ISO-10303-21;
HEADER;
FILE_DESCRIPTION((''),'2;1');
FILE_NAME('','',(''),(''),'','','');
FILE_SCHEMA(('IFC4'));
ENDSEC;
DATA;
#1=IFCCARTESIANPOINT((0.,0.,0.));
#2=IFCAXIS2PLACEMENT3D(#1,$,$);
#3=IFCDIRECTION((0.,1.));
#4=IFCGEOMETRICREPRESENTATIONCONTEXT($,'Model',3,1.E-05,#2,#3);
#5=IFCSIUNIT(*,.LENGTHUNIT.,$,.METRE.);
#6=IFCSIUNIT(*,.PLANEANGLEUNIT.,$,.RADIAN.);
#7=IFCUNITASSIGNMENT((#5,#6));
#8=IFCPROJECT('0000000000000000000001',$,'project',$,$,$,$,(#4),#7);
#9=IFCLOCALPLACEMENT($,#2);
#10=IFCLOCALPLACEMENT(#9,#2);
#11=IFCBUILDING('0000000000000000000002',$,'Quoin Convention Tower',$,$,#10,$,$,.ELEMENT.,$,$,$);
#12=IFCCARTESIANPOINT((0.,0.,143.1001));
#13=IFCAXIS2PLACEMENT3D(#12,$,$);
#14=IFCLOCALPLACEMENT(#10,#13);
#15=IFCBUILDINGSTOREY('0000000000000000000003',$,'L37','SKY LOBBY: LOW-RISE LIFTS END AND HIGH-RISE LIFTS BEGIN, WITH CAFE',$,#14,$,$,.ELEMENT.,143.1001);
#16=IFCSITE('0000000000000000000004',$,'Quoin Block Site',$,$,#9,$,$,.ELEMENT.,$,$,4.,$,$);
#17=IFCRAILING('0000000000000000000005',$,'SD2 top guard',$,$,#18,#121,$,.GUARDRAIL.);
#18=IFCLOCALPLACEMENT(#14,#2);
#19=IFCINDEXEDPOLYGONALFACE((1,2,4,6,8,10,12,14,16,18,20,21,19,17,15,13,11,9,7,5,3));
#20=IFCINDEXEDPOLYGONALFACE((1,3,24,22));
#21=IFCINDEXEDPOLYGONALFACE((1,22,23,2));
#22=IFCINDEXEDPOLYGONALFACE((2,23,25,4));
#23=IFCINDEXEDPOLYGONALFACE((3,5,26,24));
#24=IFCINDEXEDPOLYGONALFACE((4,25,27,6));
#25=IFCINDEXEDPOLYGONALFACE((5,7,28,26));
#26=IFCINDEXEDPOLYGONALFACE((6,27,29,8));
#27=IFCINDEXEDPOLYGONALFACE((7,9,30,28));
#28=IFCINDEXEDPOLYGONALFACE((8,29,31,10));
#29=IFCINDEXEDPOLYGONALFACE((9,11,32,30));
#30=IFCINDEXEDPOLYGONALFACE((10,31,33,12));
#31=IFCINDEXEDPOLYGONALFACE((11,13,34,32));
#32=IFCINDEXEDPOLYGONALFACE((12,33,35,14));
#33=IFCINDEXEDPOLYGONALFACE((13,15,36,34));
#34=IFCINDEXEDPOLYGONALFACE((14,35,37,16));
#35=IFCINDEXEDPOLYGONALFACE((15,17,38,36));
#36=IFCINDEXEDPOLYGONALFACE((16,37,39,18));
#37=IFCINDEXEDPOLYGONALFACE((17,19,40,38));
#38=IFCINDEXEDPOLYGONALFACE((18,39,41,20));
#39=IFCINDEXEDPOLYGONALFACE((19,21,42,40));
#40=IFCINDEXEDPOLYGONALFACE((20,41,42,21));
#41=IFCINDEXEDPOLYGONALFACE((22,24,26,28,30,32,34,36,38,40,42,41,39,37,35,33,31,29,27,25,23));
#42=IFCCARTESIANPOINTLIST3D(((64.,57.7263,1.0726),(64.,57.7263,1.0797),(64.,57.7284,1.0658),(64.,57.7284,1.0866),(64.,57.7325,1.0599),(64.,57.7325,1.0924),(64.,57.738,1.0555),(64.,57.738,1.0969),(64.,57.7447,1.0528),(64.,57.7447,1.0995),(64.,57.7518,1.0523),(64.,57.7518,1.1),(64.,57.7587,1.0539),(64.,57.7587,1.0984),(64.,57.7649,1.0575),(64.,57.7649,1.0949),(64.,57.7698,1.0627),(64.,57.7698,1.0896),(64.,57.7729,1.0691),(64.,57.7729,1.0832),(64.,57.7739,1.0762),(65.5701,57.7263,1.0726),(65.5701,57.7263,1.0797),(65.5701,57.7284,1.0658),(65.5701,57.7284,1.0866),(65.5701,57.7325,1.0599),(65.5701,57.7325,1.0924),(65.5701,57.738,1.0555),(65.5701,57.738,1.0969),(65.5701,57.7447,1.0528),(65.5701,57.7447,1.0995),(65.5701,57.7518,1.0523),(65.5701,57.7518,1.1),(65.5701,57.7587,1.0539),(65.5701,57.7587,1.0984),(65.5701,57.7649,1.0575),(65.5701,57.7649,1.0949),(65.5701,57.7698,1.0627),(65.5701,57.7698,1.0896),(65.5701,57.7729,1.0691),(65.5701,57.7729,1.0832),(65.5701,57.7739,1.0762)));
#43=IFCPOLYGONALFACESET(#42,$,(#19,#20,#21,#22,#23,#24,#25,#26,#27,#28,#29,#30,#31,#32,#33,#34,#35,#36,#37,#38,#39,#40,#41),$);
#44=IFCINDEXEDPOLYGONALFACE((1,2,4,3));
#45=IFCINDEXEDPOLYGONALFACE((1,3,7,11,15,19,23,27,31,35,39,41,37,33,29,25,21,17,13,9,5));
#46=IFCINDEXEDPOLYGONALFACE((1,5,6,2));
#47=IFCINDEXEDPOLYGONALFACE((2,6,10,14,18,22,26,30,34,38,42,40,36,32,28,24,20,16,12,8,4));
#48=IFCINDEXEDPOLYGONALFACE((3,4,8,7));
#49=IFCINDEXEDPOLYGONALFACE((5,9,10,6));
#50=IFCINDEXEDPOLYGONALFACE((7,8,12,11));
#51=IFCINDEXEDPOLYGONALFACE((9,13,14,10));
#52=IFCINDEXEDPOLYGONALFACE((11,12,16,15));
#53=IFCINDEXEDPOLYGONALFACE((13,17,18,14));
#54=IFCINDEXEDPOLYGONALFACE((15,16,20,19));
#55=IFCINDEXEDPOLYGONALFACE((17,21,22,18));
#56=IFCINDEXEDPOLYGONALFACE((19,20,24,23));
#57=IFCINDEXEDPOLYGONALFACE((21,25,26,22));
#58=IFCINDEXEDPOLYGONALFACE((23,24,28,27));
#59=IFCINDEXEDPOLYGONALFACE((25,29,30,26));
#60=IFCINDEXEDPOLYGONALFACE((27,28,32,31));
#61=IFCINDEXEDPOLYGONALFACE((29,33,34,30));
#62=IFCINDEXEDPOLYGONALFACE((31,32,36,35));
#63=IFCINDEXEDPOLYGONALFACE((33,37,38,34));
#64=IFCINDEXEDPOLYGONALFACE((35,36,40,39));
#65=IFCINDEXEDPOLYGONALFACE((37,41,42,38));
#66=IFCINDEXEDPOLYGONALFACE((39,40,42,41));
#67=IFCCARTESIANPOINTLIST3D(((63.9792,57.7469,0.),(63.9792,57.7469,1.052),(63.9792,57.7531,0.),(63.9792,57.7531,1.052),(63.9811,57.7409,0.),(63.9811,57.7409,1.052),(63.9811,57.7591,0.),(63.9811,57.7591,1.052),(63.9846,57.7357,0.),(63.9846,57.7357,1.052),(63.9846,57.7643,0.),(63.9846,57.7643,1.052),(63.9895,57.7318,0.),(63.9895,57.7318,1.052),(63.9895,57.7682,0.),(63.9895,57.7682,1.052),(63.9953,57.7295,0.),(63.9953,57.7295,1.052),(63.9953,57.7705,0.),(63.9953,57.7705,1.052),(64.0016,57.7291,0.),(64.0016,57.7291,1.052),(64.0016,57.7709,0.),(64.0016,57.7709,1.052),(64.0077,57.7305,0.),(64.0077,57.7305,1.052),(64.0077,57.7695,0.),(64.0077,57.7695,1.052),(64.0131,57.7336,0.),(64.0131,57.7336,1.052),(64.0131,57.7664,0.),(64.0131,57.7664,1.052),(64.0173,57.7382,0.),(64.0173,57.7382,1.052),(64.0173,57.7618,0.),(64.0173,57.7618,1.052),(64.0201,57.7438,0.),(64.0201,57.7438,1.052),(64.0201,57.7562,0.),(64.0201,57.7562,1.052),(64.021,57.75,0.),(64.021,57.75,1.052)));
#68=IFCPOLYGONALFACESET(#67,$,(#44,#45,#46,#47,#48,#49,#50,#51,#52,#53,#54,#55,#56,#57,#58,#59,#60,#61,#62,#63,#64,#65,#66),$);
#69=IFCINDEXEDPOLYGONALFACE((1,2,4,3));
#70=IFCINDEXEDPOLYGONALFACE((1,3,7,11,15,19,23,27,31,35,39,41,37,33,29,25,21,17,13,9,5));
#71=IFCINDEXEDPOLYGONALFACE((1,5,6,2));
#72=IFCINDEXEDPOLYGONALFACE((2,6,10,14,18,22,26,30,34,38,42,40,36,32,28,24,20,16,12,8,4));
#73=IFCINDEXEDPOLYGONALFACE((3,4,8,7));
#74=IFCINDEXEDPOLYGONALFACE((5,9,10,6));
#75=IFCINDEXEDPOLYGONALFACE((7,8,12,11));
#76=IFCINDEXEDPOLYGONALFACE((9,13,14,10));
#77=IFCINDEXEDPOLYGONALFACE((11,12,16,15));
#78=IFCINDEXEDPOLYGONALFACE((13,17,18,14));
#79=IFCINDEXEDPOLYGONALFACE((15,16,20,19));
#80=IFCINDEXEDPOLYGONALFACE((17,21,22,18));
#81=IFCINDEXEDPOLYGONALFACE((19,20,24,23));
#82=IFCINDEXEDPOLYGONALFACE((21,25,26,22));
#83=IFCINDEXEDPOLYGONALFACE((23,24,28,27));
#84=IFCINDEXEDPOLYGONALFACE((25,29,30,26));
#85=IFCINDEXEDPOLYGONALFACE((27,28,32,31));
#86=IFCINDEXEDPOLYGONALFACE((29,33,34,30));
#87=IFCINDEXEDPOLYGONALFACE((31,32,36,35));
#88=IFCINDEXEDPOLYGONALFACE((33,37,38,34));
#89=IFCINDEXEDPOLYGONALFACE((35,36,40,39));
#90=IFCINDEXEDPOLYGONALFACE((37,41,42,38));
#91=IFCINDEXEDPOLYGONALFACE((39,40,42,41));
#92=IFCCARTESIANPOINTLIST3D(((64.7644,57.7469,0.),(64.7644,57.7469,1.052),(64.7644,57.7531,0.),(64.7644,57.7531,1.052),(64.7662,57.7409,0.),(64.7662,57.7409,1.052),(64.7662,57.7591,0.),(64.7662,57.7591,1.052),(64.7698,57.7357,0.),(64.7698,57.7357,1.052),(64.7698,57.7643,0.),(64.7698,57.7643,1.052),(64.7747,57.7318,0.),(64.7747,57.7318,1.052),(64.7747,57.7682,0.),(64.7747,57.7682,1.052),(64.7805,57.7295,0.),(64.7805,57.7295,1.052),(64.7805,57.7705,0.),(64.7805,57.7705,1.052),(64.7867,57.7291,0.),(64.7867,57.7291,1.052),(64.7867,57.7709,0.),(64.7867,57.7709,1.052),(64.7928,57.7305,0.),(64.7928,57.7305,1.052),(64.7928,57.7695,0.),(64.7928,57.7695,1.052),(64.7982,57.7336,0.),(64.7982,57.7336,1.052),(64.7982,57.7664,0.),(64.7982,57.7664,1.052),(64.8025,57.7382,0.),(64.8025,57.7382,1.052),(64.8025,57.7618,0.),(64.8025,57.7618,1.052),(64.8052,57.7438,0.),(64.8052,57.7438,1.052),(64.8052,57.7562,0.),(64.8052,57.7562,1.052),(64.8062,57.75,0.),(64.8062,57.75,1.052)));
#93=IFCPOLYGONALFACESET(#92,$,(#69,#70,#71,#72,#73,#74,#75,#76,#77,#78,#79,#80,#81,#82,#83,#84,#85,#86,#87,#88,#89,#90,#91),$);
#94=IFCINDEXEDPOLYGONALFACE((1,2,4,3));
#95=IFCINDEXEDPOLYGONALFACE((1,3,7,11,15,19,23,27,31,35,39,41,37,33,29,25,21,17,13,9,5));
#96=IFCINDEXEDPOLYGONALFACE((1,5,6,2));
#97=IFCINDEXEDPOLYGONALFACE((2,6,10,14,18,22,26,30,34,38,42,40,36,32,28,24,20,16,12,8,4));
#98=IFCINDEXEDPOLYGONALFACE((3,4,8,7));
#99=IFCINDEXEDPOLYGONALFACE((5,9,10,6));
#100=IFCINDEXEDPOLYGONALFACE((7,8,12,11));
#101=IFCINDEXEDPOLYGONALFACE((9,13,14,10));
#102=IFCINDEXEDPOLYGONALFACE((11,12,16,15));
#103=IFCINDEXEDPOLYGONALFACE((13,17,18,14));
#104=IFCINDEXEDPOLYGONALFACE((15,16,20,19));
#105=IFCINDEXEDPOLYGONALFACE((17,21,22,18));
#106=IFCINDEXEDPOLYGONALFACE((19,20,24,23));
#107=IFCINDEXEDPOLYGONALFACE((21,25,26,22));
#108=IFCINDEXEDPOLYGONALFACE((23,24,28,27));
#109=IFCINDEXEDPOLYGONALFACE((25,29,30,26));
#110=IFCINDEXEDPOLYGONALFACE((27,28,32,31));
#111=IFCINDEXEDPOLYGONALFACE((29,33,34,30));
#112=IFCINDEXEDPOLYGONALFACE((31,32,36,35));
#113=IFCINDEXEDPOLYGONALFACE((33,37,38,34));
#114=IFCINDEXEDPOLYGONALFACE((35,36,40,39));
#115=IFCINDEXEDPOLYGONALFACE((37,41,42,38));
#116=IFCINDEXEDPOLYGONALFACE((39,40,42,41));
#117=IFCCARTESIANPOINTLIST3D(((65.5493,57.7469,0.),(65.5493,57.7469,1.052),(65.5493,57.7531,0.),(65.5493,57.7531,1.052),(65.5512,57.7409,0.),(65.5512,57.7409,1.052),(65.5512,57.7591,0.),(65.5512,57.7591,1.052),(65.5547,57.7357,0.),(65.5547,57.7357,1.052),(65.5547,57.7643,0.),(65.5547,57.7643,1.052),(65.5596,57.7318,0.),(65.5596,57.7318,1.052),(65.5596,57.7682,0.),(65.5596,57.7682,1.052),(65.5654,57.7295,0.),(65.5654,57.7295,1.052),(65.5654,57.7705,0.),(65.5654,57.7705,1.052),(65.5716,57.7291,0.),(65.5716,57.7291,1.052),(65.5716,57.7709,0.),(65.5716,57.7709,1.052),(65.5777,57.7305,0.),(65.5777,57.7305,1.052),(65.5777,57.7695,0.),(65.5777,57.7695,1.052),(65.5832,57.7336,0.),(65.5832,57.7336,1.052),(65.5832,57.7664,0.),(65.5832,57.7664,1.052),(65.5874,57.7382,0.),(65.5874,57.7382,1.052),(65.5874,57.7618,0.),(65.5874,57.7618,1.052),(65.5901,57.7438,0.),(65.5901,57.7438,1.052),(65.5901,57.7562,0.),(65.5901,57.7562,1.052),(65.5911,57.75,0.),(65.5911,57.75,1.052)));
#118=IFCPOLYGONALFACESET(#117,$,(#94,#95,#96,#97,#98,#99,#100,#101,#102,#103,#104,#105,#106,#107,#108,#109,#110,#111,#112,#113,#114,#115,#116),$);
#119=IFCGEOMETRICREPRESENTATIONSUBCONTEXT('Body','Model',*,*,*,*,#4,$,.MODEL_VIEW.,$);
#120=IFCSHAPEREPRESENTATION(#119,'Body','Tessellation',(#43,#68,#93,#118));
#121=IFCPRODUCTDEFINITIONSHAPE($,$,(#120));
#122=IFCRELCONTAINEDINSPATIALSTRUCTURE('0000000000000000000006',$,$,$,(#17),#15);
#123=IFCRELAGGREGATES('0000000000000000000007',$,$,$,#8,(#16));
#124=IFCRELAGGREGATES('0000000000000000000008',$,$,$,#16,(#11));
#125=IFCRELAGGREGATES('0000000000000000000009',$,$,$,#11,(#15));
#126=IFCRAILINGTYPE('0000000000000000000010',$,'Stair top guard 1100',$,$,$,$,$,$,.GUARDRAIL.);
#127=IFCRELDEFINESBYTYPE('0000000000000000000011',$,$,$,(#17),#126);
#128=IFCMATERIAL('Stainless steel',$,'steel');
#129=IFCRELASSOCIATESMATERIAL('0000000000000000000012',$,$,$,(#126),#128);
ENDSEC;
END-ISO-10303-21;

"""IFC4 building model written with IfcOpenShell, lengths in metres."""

from ifc_helpers import new_model, si_unit, direction, frame, origin, origin_2d, place, context, subcontext, project, spatial, circle, extrude, material, type_object, element, save


model = new_model("IFC4")

# Units and contexts
model_context = context("Model", 3, precision=1e-05, world=origin(), true_north=direction((0.0, 1.0)))
body_context = subcontext(model_context, "Body", "Model", "MODEL_VIEW")
ifc_project = project(units=[si_unit("LENGTHUNIT", "METRE"), si_unit("PLANEANGLEUNIT", "RADIAN")], contexts=[model_context])

# Site, building, storey
site_placement = place(None, origin())
site = spatial("IfcSite", under=ifc_project, at=site_placement, Name="Quoin Block Site", CompositionType="ELEMENT", RefElevation=4.0)
building_placement = place(site_placement, origin())
building = spatial("IfcBuilding", under=site, at=building_placement, Name="Quoin Convention Tower", CompositionType="ELEMENT")
storey_placement = place(building_placement, frame((0.0, 0.0, 143.1001)))
storey = spatial("IfcBuildingStorey", under=building, at=storey_placement, Name="L37", Description="SKY LOBBY: LOW-RISE LIFTS END AND HIGH-RISE LIFTS BEGIN, WITH CAFE", CompositionType="ELEMENT", Elevation=143.1001)

# Railing
ifc_material_1 = material(Name="Stainless steel", Category="steel")
railing_type_1 = type_object("IfcRailingType", Name="Stair top guard 1100", PredefinedType="GUARDRAIL", material=ifc_material_1)
railing_1_placement = place(storey_placement, frame((64.0, 57.75, 0.0)))
element("IfcRailing", 1, at=railing_1_placement, inside=storey, type_object=railing_type_1, Name="SD2 top guard", PredefinedType="GUARDRAIL", context=body_context, shape_type="SweptSolid", body=[
    extrude(circle(Radius=0.0239, at=origin_2d()), frame((0.0, 0.0, 1.0762), z_axis=(1.0, 0.0, 0.0), x_axis=(0.0, 1.0, 0.0)), (0.0, 0.0, 1.0), 1.5701),
    extrude(circle(Radius=0.021, at=origin_2d()), origin(), (0.0, 0.0, 1.0), 1.052),
    extrude(circle(Radius=0.021, at=origin_2d()), frame((0.7852, 0.0, 0.0)), (0.0, 0.0, 1.0), 1.052),
    extrude(circle(Radius=0.021, at=origin_2d()), frame((1.5701, 0.0, 0.0)), (0.0, 0.0, 1.0), 1.052),
])

save(model, "model.ifc")
